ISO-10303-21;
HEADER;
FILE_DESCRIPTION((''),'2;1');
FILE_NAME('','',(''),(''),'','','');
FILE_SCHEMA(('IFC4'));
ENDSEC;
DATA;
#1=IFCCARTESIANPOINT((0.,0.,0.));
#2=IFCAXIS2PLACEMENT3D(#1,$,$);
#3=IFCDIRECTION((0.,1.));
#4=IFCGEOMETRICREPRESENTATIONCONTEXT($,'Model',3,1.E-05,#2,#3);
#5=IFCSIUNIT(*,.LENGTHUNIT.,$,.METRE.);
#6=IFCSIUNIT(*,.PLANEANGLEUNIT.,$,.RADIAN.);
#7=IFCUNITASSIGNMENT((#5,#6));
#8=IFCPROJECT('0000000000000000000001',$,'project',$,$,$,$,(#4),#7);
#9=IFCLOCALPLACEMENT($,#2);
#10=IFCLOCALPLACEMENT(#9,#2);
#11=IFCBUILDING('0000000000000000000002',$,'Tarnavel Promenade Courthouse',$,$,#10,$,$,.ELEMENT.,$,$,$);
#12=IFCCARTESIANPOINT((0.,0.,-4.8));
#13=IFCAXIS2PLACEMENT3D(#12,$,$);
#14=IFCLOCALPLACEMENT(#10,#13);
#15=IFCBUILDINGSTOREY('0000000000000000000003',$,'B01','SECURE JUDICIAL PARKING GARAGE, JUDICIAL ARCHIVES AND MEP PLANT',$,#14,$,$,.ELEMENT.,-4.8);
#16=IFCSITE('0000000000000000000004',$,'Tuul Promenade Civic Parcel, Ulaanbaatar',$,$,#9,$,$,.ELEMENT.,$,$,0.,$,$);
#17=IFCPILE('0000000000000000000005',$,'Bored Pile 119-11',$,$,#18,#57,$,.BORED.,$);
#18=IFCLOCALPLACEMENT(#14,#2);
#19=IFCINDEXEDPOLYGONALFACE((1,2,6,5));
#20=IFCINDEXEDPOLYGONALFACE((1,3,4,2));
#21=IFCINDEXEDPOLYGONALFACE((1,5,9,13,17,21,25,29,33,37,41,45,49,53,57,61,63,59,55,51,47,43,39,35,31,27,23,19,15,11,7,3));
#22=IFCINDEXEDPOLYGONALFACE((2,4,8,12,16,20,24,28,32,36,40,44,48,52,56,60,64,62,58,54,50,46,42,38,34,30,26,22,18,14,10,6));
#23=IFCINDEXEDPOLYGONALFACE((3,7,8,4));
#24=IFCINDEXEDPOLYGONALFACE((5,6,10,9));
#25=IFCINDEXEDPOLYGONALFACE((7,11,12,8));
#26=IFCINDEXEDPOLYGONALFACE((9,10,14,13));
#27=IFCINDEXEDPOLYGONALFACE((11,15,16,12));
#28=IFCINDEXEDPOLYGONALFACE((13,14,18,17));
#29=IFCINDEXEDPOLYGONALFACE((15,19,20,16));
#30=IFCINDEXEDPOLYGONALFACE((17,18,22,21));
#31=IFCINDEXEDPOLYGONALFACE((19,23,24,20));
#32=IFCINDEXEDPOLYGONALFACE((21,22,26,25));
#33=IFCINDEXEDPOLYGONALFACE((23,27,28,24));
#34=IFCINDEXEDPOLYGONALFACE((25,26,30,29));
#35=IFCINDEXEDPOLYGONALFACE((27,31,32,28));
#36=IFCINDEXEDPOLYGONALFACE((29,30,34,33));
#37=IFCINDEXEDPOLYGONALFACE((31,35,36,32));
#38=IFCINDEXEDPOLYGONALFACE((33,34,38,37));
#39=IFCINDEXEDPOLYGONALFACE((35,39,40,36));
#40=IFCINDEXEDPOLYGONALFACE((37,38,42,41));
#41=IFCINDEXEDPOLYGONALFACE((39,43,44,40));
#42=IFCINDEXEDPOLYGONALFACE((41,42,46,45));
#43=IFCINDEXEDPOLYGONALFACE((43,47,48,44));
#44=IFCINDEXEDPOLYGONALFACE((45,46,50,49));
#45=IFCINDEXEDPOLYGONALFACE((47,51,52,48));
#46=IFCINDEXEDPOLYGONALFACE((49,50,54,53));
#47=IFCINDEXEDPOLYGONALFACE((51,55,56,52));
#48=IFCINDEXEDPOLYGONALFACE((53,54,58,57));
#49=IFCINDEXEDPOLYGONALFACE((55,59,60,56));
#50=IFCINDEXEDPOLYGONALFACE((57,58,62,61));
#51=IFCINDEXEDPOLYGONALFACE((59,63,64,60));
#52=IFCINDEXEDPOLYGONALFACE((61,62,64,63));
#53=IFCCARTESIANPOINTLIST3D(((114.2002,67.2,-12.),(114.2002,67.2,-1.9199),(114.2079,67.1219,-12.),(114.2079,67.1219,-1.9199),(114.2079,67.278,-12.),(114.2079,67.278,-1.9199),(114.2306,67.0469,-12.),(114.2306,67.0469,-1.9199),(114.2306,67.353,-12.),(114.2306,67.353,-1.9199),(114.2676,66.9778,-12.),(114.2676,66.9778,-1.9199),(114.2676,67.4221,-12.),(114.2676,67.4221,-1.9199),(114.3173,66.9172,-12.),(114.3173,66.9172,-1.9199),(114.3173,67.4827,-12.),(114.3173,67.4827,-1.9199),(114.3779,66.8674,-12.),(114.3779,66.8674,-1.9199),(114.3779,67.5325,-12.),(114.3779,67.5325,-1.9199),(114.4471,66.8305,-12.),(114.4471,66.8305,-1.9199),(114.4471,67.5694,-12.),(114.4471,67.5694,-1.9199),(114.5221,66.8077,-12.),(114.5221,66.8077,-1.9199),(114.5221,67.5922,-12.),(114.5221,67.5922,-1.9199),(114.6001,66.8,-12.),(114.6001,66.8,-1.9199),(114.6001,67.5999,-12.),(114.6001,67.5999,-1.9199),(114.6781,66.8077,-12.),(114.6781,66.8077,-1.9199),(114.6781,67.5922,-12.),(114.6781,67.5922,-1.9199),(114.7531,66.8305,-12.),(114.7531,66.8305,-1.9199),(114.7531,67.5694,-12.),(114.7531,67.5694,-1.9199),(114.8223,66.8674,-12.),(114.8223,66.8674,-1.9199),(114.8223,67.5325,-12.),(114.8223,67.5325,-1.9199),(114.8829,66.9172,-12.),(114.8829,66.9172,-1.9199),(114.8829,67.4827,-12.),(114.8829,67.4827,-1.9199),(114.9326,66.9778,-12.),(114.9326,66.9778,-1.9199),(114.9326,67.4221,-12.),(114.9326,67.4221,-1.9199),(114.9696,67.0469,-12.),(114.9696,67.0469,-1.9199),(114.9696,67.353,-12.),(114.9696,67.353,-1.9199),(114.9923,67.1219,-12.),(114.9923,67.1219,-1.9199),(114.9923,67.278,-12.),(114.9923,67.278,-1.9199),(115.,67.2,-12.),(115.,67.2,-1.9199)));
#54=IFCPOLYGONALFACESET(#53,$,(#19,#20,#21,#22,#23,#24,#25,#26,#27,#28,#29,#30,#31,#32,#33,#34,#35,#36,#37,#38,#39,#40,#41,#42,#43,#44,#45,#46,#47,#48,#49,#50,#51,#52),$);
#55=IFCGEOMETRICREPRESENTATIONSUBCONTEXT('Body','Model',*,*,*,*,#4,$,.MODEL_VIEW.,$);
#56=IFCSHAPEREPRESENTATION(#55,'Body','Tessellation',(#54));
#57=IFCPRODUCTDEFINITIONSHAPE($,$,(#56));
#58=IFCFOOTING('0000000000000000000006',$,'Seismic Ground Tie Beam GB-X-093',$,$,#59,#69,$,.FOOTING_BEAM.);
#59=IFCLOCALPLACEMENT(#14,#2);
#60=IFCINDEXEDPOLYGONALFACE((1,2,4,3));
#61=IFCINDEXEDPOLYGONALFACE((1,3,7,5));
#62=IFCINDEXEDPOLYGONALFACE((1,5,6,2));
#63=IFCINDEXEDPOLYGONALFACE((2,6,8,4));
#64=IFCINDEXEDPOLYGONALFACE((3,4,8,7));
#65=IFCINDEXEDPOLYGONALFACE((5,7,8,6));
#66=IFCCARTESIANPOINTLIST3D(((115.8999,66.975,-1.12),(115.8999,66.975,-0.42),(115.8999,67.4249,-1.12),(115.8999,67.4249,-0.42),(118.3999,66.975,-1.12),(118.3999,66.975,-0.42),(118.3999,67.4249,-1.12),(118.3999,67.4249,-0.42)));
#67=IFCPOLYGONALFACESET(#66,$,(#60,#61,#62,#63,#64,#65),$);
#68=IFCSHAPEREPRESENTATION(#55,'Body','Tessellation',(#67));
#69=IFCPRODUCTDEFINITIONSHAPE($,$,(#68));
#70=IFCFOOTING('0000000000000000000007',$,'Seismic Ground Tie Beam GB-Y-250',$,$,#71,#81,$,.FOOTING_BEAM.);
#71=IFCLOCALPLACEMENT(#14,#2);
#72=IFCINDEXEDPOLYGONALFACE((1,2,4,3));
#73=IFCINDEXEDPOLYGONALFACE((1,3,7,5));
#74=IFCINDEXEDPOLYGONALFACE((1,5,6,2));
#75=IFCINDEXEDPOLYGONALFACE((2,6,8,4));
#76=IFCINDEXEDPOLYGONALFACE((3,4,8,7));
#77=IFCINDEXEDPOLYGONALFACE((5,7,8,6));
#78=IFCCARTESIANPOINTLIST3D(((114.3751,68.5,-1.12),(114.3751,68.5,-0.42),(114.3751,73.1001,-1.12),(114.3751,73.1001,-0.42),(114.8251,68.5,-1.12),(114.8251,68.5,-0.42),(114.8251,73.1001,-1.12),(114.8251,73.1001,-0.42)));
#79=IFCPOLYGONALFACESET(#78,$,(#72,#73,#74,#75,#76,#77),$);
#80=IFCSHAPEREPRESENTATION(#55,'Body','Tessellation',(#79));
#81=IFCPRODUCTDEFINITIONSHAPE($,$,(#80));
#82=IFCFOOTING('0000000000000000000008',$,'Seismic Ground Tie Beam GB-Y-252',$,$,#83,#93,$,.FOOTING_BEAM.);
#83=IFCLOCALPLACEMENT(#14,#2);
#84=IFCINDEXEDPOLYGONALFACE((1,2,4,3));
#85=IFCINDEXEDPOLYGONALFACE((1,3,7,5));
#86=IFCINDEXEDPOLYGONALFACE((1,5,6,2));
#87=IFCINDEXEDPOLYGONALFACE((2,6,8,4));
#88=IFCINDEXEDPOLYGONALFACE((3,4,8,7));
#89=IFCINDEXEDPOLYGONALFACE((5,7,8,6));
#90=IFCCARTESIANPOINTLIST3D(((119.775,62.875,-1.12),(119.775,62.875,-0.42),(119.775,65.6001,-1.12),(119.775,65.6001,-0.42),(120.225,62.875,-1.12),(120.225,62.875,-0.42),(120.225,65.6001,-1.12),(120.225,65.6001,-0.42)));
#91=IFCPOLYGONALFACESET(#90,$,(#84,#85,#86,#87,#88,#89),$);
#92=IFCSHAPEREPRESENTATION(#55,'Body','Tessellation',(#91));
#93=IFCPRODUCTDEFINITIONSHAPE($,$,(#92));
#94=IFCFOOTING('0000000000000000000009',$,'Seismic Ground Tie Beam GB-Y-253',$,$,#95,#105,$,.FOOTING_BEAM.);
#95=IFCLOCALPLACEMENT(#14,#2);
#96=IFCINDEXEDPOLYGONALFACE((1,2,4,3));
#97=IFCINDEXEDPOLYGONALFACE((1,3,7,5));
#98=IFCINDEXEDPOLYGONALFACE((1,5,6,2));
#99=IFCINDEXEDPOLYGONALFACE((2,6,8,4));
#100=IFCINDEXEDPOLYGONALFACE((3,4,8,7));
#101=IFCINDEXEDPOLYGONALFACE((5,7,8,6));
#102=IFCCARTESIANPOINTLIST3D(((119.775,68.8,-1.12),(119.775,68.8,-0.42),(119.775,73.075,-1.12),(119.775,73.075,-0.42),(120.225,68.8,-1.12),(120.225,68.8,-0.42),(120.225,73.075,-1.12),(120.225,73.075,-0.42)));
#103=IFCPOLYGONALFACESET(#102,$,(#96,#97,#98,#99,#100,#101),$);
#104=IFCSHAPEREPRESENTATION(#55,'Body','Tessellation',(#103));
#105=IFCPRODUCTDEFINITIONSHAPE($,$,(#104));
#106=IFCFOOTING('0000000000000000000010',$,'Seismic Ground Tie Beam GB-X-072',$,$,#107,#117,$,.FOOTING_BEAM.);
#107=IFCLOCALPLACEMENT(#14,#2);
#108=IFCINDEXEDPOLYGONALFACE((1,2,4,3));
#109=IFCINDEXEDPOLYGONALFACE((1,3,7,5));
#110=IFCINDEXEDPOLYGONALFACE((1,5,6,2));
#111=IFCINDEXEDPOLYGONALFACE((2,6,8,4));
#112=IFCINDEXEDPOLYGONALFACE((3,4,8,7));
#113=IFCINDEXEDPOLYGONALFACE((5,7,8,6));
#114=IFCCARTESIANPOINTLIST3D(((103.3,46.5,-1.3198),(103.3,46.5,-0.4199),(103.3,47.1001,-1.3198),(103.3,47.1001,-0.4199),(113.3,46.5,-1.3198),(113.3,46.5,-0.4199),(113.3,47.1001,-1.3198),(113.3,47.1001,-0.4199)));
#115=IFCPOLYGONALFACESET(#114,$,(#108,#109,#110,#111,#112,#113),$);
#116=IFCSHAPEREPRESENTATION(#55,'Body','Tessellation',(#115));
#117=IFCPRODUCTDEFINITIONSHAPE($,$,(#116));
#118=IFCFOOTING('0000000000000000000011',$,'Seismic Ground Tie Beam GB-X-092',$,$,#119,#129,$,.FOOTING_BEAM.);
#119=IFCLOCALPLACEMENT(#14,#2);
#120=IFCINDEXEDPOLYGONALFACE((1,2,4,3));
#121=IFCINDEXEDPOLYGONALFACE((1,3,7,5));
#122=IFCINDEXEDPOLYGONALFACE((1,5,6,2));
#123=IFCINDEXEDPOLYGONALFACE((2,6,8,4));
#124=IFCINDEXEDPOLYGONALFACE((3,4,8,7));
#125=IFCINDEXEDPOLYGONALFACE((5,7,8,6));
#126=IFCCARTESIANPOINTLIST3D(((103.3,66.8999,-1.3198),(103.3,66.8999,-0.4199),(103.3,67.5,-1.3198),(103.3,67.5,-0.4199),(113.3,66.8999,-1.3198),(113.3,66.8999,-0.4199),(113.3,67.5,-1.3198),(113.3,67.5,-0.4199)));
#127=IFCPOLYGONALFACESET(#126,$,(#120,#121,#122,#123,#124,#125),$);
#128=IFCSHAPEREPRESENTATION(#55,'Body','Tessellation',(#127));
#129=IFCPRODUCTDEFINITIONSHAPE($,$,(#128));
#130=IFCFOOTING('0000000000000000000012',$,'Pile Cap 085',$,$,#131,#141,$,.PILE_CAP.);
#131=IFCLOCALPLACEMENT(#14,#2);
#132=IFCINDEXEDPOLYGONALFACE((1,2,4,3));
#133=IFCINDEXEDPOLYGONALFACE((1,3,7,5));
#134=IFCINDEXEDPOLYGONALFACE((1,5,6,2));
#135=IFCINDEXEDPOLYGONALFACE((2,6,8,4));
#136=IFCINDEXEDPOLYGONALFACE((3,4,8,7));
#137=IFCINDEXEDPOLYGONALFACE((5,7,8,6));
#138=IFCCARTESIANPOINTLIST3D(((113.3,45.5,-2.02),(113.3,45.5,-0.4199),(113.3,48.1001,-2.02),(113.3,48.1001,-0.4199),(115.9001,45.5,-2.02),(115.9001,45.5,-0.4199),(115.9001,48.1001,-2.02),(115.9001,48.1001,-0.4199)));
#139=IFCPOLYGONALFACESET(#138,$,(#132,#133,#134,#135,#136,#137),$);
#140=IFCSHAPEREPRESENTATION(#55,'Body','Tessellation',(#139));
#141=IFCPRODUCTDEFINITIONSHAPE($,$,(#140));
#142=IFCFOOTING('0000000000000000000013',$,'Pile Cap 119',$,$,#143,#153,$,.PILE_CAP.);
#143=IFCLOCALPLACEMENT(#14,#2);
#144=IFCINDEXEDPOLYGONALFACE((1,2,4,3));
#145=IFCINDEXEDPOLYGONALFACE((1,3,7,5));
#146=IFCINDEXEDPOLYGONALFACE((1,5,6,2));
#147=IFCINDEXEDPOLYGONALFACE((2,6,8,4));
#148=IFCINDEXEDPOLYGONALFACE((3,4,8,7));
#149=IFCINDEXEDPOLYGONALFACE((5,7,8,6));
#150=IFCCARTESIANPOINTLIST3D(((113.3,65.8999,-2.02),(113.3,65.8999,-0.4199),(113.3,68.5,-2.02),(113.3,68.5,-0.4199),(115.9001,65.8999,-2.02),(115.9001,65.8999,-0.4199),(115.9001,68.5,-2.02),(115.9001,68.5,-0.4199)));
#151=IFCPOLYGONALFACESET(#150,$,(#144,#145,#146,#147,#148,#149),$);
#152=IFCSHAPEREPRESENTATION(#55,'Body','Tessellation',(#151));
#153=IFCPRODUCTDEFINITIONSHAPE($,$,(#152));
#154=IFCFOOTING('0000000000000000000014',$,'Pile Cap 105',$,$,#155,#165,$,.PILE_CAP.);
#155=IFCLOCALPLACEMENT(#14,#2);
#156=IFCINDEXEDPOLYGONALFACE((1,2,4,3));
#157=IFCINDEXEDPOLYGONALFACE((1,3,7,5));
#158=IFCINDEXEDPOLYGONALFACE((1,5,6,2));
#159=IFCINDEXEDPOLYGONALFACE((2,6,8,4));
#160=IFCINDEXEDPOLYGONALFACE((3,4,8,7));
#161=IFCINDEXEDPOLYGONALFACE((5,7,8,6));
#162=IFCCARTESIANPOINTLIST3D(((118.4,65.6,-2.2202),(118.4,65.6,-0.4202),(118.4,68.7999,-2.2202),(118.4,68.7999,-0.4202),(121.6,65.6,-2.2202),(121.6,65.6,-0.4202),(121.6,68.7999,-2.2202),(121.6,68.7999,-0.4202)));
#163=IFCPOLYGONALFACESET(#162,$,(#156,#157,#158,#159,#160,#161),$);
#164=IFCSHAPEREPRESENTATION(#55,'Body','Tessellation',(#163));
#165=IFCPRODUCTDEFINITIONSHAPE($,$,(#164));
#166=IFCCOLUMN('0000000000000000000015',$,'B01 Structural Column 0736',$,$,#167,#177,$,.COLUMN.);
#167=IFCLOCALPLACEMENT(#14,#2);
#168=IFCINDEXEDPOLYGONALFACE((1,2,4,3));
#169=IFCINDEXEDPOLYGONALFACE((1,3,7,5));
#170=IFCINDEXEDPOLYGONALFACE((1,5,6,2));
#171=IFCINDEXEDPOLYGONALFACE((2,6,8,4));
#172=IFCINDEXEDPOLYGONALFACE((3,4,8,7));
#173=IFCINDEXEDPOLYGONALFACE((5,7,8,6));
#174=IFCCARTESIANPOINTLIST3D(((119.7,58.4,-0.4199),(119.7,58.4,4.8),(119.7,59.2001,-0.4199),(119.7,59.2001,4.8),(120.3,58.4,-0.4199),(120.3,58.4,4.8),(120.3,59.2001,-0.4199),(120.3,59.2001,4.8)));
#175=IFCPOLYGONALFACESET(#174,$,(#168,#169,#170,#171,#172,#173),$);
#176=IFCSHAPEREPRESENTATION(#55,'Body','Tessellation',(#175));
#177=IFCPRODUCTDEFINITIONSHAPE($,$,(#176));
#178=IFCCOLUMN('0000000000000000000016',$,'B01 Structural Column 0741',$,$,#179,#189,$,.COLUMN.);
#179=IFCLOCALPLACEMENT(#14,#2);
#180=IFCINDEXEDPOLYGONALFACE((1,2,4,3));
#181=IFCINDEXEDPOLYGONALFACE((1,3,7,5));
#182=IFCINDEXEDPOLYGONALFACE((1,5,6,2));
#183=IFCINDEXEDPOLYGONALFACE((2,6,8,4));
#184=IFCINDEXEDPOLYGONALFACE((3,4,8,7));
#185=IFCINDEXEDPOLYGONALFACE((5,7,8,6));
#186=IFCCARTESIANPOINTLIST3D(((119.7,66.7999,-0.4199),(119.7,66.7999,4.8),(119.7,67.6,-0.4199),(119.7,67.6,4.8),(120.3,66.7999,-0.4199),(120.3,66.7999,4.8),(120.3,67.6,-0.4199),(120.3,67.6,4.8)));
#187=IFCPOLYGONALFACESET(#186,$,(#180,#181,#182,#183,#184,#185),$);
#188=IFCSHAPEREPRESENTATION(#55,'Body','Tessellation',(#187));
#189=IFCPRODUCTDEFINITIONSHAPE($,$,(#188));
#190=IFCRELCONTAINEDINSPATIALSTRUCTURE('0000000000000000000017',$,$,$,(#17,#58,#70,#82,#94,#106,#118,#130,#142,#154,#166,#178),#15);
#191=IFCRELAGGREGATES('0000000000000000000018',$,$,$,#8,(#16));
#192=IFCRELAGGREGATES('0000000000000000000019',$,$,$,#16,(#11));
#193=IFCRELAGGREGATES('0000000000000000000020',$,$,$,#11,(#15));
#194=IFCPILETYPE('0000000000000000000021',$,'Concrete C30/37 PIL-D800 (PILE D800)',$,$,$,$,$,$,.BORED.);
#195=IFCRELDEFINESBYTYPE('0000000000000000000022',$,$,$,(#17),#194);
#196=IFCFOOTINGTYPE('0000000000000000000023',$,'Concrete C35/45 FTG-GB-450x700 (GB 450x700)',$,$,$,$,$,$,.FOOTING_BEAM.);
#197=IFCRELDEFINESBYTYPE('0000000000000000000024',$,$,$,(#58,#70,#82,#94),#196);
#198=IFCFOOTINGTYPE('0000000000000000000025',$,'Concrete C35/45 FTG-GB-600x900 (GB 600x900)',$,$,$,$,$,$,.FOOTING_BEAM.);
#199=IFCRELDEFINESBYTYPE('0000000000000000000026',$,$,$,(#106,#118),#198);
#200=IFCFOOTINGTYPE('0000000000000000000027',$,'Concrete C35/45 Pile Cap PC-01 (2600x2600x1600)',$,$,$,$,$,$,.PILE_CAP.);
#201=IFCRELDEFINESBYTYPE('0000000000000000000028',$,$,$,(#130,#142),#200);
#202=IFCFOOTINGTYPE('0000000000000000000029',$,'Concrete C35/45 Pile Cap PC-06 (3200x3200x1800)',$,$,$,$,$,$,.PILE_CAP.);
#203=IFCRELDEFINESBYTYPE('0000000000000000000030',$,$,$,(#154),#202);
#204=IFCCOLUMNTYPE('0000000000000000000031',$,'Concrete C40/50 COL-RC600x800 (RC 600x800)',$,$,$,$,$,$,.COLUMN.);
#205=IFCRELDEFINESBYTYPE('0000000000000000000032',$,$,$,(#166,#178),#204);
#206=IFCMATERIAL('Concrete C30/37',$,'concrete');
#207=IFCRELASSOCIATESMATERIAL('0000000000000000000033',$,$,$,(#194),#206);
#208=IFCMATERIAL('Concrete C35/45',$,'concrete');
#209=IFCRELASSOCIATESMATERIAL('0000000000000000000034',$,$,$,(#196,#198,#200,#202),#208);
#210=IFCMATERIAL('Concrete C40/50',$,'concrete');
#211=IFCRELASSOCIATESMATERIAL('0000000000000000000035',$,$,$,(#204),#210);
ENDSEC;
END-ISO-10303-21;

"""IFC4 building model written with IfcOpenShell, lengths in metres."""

from ifc_helpers import new_model, si_unit, direction, frame, origin, origin_2d, place, context, subcontext, project, spatial, rectangle, circle, extrude, material, material_profile, profile_set, type_object, element, save


model = new_model("IFC4")

# Units and contexts
model_context = context("Model", 3, precision=1e-05, world=origin(), true_north=direction((0.0, 1.0)))
body_context = subcontext(model_context, "Body", "Model", "MODEL_VIEW")
ifc_project = project(units=[si_unit("LENGTHUNIT", "METRE"), si_unit("PLANEANGLEUNIT", "RADIAN")], contexts=[model_context])

# Site, building, storey
site_placement = place(None, origin())
site = spatial("IfcSite", under=ifc_project, at=site_placement, Name="Tuul Promenade Civic Parcel, Ulaanbaatar", CompositionType="ELEMENT", RefElevation=0.0)
building_placement = place(site_placement, origin())
building = spatial("IfcBuilding", under=site, at=building_placement, Name="Tarnavel Promenade Courthouse", CompositionType="ELEMENT")
storey_placement = place(building_placement, frame((0.0, 0.0, -4.8)))
storey = spatial("IfcBuildingStorey", under=building, at=storey_placement, Name="B01", Description="SECURE JUDICIAL PARKING GARAGE, JUDICIAL ARCHIVES AND MEP PLANT", CompositionType="ELEMENT", Elevation=-4.8)

# Pile
ifc_material_1 = material(Name="Concrete C30/37", Category="concrete")
ifc_material_profile_1 = material_profile(ifc_material_1, circle(Radius=0.3999, at=origin_2d()), Name="PILE D800")
ifc_profile_set_1 = profile_set([ifc_material_profile_1], Name="Concrete C30/37")
pile_type_1 = type_object("IfcPileType", Name="Concrete C30/37 PIL-D800 (PILE D800)", PredefinedType="BORED", material=ifc_profile_set_1)
for number, where, z_axis, x_axis, name in (
    (1, (114.6001, 67.2, -1.9199), (0.0, 0.0, -1.0), (1.0, 0.0, 0.0), "Bored Pile 119-11"),
):
    element("IfcPile", number, at=place(storey_placement, frame(where, z_axis=z_axis, x_axis=x_axis)), inside=storey, type_object=pile_type_1, Name=name, PredefinedType="BORED", context=body_context, shape_type="SweptSolid", body=[
        extrude(circle(Radius=0.3999, at=origin_2d()), origin(), (0.0, 0.0, 1.0), 10.0801),
    ])

# Footings
ifc_material_2 = material(Name="Concrete C35/45", Category="concrete")
ifc_material_profile_2 = material_profile(ifc_material_2, rectangle(XDim=0.45, YDim=0.7, at=origin_2d()), Name="GB 450x700")
ifc_profile_set_2 = profile_set([ifc_material_profile_2], Name="Concrete C35/45")
footing_type_1 = type_object("IfcFootingType", Name="Concrete C35/45 FTG-GB-450x700 (GB 450x700)", PredefinedType="FOOTING_BEAM", material=ifc_profile_set_2)
footing_1_placement = place(storey_placement, frame((115.8999, 67.2, -0.77), z_axis=(1.0, 0.0, 0.0), x_axis=(0.0, 1.0, 0.0)))
element("IfcFooting", 2, at=footing_1_placement, inside=storey, type_object=footing_type_1, Name="Seismic Ground Tie Beam GB-X-093", PredefinedType="FOOTING_BEAM", context=body_context, shape_type="SweptSolid", body=[
    extrude(rectangle(XDim=0.45, YDim=0.7, at=origin_2d()), origin(), (0.0, 0.0, 1.0), 2.5),
])
footing_2_placement = place(storey_placement, frame((114.6001, 68.5, -0.77), z_axis=(0.0, 1.0, 0.0), x_axis=(-1.0, 0.0, 0.0)))
element("IfcFooting", 3, at=footing_2_placement, inside=storey, type_object=footing_type_1, Name="Seismic Ground Tie Beam GB-Y-250", PredefinedType="FOOTING_BEAM", context=body_context, shape_type="SweptSolid", body=[
    extrude(rectangle(XDim=0.45, YDim=0.7, at=origin_2d()), origin(), (0.0, 0.0, 1.0), 4.6001),
])
footing_3_placement = place(storey_placement, frame((120.0, 62.875, -0.77), z_axis=(0.0, 1.0, 0.0), x_axis=(-1.0, 0.0, 0.0)))
element("IfcFooting", 4, at=footing_3_placement, inside=storey, type_object=footing_type_1, Name="Seismic Ground Tie Beam GB-Y-252", PredefinedType="FOOTING_BEAM", context=body_context, shape_type="SweptSolid", body=[
    extrude(rectangle(XDim=0.45, YDim=0.7, at=origin_2d()), origin(), (0.0, 0.0, 1.0), 2.7251),
])
footing_4_placement = place(storey_placement, frame((120.0, 68.8, -0.77), z_axis=(0.0, 1.0, 0.0), x_axis=(-1.0, 0.0, 0.0)))
element("IfcFooting", 5, at=footing_4_placement, inside=storey, type_object=footing_type_1, Name="Seismic Ground Tie Beam GB-Y-253", PredefinedType="FOOTING_BEAM", context=body_context, shape_type="SweptSolid", body=[
    extrude(rectangle(XDim=0.45, YDim=0.7, at=origin_2d()), origin(), (0.0, 0.0, 1.0), 4.2749),
])
ifc_material_profile_3 = material_profile(ifc_material_2, rectangle(XDim=0.6001, YDim=0.8999, at=origin_2d()), Name="GB 600x900")
ifc_profile_set_3 = profile_set([ifc_material_profile_3], Name="Concrete C35/45")
footing_type_2 = type_object("IfcFootingType", Name="Concrete C35/45 FTG-GB-600x900 (GB 600x900)", PredefinedType="FOOTING_BEAM", material=ifc_profile_set_3)
for number, where, z_axis, x_axis, name in (
    (6, (103.3, 46.8, -0.8699), (1.0, 0.0, 0.0), (0.0, 1.0, 0.0), "Seismic Ground Tie Beam GB-X-072"),
    (7, (103.3, 67.2, -0.8699), (1.0, 0.0, 0.0), (0.0, 1.0, 0.0), "Seismic Ground Tie Beam GB-X-092"),
):
    element("IfcFooting", number, at=place(storey_placement, frame(where, z_axis=z_axis, x_axis=x_axis)), inside=storey, type_object=footing_type_2, Name=name, PredefinedType="FOOTING_BEAM", context=body_context, shape_type="SweptSolid", body=[
        extrude(rectangle(XDim=0.6001, YDim=0.8999, at=origin_2d()), origin(), (0.0, 0.0, 1.0), 10.0),
    ])
footing_type_3 = type_object("IfcFootingType", Name="Concrete C35/45 Pile Cap PC-01 (2600x2600x1600)", PredefinedType="PILE_CAP", material=ifc_material_2)
for number, where, z_axis, x_axis, name in (
    (8, (114.6001, 46.8, -2.02), (0.0, 0.0, 1.0), (1.0, 0.0, 0.0), "Pile Cap 085"),
    (9, (114.6001, 67.2, -2.02), (0.0, 0.0, 1.0), (1.0, 0.0, 0.0), "Pile Cap 119"),
):
    element("IfcFooting", number, at=place(storey_placement, frame(where, z_axis=z_axis, x_axis=x_axis)), inside=storey, type_object=footing_type_3, Name=name, PredefinedType="PILE_CAP", context=body_context, shape_type="SweptSolid", body=[
        extrude(rectangle(XDim=2.6001, YDim=2.6001, at=origin_2d()), origin(), (0.0, 0.0, 1.0), 1.6001),
    ])
footing_type_4 = type_object("IfcFootingType", Name="Concrete C35/45 Pile Cap PC-06 (3200x3200x1800)", PredefinedType="PILE_CAP", material=ifc_material_2)
footing_5_placement = place(storey_placement, frame((120.0, 67.2, -2.2202), z_axis=(0.0, 0.0, 1.0), x_axis=(1.0, 0.0, 0.0)))
element("IfcFooting", 10, at=footing_5_placement, inside=storey, type_object=footing_type_4, Name="Pile Cap 105", PredefinedType="PILE_CAP", context=body_context, shape_type="SweptSolid", body=[
    extrude(rectangle(XDim=3.2, YDim=3.2, at=origin_2d()), origin(), (0.0, 0.0, 1.0), 1.8),
])

# Columns
ifc_material_3 = material(Name="Concrete C40/50", Category="concrete")
ifc_material_profile_4 = material_profile(ifc_material_3, rectangle(XDim=0.6001, YDim=0.8, at=origin_2d()), Name="RC 600x800")
ifc_profile_set_4 = profile_set([ifc_material_profile_4], Name="Concrete C40/50")
column_type_1 = type_object("IfcColumnType", Name="Concrete C40/50 COL-RC600x800 (RC 600x800)", PredefinedType="COLUMN", material=ifc_profile_set_4)
for number, where, z_axis, x_axis, name in (
    (11, (120.0, 58.8, -0.4199), (0.0, 0.0, 1.0), (1.0, 0.0, 0.0), "B01 Structural Column 0736"),
    (12, (120.0, 67.2, -0.4199), (0.0, 0.0, 1.0), (1.0, 0.0, 0.0), "B01 Structural Column 0741"),
):
    element("IfcColumn", number, at=place(storey_placement, frame(where, z_axis=z_axis, x_axis=x_axis)), inside=storey, type_object=column_type_1, Name=name, PredefinedType="COLUMN", context=body_context, shape_type="SweptSolid", body=[
        extrude(rectangle(XDim=0.6001, YDim=0.8, at=origin_2d()), origin(), (0.0, 0.0, 1.0), 5.22),
    ])

save(model, "model.ifc")
